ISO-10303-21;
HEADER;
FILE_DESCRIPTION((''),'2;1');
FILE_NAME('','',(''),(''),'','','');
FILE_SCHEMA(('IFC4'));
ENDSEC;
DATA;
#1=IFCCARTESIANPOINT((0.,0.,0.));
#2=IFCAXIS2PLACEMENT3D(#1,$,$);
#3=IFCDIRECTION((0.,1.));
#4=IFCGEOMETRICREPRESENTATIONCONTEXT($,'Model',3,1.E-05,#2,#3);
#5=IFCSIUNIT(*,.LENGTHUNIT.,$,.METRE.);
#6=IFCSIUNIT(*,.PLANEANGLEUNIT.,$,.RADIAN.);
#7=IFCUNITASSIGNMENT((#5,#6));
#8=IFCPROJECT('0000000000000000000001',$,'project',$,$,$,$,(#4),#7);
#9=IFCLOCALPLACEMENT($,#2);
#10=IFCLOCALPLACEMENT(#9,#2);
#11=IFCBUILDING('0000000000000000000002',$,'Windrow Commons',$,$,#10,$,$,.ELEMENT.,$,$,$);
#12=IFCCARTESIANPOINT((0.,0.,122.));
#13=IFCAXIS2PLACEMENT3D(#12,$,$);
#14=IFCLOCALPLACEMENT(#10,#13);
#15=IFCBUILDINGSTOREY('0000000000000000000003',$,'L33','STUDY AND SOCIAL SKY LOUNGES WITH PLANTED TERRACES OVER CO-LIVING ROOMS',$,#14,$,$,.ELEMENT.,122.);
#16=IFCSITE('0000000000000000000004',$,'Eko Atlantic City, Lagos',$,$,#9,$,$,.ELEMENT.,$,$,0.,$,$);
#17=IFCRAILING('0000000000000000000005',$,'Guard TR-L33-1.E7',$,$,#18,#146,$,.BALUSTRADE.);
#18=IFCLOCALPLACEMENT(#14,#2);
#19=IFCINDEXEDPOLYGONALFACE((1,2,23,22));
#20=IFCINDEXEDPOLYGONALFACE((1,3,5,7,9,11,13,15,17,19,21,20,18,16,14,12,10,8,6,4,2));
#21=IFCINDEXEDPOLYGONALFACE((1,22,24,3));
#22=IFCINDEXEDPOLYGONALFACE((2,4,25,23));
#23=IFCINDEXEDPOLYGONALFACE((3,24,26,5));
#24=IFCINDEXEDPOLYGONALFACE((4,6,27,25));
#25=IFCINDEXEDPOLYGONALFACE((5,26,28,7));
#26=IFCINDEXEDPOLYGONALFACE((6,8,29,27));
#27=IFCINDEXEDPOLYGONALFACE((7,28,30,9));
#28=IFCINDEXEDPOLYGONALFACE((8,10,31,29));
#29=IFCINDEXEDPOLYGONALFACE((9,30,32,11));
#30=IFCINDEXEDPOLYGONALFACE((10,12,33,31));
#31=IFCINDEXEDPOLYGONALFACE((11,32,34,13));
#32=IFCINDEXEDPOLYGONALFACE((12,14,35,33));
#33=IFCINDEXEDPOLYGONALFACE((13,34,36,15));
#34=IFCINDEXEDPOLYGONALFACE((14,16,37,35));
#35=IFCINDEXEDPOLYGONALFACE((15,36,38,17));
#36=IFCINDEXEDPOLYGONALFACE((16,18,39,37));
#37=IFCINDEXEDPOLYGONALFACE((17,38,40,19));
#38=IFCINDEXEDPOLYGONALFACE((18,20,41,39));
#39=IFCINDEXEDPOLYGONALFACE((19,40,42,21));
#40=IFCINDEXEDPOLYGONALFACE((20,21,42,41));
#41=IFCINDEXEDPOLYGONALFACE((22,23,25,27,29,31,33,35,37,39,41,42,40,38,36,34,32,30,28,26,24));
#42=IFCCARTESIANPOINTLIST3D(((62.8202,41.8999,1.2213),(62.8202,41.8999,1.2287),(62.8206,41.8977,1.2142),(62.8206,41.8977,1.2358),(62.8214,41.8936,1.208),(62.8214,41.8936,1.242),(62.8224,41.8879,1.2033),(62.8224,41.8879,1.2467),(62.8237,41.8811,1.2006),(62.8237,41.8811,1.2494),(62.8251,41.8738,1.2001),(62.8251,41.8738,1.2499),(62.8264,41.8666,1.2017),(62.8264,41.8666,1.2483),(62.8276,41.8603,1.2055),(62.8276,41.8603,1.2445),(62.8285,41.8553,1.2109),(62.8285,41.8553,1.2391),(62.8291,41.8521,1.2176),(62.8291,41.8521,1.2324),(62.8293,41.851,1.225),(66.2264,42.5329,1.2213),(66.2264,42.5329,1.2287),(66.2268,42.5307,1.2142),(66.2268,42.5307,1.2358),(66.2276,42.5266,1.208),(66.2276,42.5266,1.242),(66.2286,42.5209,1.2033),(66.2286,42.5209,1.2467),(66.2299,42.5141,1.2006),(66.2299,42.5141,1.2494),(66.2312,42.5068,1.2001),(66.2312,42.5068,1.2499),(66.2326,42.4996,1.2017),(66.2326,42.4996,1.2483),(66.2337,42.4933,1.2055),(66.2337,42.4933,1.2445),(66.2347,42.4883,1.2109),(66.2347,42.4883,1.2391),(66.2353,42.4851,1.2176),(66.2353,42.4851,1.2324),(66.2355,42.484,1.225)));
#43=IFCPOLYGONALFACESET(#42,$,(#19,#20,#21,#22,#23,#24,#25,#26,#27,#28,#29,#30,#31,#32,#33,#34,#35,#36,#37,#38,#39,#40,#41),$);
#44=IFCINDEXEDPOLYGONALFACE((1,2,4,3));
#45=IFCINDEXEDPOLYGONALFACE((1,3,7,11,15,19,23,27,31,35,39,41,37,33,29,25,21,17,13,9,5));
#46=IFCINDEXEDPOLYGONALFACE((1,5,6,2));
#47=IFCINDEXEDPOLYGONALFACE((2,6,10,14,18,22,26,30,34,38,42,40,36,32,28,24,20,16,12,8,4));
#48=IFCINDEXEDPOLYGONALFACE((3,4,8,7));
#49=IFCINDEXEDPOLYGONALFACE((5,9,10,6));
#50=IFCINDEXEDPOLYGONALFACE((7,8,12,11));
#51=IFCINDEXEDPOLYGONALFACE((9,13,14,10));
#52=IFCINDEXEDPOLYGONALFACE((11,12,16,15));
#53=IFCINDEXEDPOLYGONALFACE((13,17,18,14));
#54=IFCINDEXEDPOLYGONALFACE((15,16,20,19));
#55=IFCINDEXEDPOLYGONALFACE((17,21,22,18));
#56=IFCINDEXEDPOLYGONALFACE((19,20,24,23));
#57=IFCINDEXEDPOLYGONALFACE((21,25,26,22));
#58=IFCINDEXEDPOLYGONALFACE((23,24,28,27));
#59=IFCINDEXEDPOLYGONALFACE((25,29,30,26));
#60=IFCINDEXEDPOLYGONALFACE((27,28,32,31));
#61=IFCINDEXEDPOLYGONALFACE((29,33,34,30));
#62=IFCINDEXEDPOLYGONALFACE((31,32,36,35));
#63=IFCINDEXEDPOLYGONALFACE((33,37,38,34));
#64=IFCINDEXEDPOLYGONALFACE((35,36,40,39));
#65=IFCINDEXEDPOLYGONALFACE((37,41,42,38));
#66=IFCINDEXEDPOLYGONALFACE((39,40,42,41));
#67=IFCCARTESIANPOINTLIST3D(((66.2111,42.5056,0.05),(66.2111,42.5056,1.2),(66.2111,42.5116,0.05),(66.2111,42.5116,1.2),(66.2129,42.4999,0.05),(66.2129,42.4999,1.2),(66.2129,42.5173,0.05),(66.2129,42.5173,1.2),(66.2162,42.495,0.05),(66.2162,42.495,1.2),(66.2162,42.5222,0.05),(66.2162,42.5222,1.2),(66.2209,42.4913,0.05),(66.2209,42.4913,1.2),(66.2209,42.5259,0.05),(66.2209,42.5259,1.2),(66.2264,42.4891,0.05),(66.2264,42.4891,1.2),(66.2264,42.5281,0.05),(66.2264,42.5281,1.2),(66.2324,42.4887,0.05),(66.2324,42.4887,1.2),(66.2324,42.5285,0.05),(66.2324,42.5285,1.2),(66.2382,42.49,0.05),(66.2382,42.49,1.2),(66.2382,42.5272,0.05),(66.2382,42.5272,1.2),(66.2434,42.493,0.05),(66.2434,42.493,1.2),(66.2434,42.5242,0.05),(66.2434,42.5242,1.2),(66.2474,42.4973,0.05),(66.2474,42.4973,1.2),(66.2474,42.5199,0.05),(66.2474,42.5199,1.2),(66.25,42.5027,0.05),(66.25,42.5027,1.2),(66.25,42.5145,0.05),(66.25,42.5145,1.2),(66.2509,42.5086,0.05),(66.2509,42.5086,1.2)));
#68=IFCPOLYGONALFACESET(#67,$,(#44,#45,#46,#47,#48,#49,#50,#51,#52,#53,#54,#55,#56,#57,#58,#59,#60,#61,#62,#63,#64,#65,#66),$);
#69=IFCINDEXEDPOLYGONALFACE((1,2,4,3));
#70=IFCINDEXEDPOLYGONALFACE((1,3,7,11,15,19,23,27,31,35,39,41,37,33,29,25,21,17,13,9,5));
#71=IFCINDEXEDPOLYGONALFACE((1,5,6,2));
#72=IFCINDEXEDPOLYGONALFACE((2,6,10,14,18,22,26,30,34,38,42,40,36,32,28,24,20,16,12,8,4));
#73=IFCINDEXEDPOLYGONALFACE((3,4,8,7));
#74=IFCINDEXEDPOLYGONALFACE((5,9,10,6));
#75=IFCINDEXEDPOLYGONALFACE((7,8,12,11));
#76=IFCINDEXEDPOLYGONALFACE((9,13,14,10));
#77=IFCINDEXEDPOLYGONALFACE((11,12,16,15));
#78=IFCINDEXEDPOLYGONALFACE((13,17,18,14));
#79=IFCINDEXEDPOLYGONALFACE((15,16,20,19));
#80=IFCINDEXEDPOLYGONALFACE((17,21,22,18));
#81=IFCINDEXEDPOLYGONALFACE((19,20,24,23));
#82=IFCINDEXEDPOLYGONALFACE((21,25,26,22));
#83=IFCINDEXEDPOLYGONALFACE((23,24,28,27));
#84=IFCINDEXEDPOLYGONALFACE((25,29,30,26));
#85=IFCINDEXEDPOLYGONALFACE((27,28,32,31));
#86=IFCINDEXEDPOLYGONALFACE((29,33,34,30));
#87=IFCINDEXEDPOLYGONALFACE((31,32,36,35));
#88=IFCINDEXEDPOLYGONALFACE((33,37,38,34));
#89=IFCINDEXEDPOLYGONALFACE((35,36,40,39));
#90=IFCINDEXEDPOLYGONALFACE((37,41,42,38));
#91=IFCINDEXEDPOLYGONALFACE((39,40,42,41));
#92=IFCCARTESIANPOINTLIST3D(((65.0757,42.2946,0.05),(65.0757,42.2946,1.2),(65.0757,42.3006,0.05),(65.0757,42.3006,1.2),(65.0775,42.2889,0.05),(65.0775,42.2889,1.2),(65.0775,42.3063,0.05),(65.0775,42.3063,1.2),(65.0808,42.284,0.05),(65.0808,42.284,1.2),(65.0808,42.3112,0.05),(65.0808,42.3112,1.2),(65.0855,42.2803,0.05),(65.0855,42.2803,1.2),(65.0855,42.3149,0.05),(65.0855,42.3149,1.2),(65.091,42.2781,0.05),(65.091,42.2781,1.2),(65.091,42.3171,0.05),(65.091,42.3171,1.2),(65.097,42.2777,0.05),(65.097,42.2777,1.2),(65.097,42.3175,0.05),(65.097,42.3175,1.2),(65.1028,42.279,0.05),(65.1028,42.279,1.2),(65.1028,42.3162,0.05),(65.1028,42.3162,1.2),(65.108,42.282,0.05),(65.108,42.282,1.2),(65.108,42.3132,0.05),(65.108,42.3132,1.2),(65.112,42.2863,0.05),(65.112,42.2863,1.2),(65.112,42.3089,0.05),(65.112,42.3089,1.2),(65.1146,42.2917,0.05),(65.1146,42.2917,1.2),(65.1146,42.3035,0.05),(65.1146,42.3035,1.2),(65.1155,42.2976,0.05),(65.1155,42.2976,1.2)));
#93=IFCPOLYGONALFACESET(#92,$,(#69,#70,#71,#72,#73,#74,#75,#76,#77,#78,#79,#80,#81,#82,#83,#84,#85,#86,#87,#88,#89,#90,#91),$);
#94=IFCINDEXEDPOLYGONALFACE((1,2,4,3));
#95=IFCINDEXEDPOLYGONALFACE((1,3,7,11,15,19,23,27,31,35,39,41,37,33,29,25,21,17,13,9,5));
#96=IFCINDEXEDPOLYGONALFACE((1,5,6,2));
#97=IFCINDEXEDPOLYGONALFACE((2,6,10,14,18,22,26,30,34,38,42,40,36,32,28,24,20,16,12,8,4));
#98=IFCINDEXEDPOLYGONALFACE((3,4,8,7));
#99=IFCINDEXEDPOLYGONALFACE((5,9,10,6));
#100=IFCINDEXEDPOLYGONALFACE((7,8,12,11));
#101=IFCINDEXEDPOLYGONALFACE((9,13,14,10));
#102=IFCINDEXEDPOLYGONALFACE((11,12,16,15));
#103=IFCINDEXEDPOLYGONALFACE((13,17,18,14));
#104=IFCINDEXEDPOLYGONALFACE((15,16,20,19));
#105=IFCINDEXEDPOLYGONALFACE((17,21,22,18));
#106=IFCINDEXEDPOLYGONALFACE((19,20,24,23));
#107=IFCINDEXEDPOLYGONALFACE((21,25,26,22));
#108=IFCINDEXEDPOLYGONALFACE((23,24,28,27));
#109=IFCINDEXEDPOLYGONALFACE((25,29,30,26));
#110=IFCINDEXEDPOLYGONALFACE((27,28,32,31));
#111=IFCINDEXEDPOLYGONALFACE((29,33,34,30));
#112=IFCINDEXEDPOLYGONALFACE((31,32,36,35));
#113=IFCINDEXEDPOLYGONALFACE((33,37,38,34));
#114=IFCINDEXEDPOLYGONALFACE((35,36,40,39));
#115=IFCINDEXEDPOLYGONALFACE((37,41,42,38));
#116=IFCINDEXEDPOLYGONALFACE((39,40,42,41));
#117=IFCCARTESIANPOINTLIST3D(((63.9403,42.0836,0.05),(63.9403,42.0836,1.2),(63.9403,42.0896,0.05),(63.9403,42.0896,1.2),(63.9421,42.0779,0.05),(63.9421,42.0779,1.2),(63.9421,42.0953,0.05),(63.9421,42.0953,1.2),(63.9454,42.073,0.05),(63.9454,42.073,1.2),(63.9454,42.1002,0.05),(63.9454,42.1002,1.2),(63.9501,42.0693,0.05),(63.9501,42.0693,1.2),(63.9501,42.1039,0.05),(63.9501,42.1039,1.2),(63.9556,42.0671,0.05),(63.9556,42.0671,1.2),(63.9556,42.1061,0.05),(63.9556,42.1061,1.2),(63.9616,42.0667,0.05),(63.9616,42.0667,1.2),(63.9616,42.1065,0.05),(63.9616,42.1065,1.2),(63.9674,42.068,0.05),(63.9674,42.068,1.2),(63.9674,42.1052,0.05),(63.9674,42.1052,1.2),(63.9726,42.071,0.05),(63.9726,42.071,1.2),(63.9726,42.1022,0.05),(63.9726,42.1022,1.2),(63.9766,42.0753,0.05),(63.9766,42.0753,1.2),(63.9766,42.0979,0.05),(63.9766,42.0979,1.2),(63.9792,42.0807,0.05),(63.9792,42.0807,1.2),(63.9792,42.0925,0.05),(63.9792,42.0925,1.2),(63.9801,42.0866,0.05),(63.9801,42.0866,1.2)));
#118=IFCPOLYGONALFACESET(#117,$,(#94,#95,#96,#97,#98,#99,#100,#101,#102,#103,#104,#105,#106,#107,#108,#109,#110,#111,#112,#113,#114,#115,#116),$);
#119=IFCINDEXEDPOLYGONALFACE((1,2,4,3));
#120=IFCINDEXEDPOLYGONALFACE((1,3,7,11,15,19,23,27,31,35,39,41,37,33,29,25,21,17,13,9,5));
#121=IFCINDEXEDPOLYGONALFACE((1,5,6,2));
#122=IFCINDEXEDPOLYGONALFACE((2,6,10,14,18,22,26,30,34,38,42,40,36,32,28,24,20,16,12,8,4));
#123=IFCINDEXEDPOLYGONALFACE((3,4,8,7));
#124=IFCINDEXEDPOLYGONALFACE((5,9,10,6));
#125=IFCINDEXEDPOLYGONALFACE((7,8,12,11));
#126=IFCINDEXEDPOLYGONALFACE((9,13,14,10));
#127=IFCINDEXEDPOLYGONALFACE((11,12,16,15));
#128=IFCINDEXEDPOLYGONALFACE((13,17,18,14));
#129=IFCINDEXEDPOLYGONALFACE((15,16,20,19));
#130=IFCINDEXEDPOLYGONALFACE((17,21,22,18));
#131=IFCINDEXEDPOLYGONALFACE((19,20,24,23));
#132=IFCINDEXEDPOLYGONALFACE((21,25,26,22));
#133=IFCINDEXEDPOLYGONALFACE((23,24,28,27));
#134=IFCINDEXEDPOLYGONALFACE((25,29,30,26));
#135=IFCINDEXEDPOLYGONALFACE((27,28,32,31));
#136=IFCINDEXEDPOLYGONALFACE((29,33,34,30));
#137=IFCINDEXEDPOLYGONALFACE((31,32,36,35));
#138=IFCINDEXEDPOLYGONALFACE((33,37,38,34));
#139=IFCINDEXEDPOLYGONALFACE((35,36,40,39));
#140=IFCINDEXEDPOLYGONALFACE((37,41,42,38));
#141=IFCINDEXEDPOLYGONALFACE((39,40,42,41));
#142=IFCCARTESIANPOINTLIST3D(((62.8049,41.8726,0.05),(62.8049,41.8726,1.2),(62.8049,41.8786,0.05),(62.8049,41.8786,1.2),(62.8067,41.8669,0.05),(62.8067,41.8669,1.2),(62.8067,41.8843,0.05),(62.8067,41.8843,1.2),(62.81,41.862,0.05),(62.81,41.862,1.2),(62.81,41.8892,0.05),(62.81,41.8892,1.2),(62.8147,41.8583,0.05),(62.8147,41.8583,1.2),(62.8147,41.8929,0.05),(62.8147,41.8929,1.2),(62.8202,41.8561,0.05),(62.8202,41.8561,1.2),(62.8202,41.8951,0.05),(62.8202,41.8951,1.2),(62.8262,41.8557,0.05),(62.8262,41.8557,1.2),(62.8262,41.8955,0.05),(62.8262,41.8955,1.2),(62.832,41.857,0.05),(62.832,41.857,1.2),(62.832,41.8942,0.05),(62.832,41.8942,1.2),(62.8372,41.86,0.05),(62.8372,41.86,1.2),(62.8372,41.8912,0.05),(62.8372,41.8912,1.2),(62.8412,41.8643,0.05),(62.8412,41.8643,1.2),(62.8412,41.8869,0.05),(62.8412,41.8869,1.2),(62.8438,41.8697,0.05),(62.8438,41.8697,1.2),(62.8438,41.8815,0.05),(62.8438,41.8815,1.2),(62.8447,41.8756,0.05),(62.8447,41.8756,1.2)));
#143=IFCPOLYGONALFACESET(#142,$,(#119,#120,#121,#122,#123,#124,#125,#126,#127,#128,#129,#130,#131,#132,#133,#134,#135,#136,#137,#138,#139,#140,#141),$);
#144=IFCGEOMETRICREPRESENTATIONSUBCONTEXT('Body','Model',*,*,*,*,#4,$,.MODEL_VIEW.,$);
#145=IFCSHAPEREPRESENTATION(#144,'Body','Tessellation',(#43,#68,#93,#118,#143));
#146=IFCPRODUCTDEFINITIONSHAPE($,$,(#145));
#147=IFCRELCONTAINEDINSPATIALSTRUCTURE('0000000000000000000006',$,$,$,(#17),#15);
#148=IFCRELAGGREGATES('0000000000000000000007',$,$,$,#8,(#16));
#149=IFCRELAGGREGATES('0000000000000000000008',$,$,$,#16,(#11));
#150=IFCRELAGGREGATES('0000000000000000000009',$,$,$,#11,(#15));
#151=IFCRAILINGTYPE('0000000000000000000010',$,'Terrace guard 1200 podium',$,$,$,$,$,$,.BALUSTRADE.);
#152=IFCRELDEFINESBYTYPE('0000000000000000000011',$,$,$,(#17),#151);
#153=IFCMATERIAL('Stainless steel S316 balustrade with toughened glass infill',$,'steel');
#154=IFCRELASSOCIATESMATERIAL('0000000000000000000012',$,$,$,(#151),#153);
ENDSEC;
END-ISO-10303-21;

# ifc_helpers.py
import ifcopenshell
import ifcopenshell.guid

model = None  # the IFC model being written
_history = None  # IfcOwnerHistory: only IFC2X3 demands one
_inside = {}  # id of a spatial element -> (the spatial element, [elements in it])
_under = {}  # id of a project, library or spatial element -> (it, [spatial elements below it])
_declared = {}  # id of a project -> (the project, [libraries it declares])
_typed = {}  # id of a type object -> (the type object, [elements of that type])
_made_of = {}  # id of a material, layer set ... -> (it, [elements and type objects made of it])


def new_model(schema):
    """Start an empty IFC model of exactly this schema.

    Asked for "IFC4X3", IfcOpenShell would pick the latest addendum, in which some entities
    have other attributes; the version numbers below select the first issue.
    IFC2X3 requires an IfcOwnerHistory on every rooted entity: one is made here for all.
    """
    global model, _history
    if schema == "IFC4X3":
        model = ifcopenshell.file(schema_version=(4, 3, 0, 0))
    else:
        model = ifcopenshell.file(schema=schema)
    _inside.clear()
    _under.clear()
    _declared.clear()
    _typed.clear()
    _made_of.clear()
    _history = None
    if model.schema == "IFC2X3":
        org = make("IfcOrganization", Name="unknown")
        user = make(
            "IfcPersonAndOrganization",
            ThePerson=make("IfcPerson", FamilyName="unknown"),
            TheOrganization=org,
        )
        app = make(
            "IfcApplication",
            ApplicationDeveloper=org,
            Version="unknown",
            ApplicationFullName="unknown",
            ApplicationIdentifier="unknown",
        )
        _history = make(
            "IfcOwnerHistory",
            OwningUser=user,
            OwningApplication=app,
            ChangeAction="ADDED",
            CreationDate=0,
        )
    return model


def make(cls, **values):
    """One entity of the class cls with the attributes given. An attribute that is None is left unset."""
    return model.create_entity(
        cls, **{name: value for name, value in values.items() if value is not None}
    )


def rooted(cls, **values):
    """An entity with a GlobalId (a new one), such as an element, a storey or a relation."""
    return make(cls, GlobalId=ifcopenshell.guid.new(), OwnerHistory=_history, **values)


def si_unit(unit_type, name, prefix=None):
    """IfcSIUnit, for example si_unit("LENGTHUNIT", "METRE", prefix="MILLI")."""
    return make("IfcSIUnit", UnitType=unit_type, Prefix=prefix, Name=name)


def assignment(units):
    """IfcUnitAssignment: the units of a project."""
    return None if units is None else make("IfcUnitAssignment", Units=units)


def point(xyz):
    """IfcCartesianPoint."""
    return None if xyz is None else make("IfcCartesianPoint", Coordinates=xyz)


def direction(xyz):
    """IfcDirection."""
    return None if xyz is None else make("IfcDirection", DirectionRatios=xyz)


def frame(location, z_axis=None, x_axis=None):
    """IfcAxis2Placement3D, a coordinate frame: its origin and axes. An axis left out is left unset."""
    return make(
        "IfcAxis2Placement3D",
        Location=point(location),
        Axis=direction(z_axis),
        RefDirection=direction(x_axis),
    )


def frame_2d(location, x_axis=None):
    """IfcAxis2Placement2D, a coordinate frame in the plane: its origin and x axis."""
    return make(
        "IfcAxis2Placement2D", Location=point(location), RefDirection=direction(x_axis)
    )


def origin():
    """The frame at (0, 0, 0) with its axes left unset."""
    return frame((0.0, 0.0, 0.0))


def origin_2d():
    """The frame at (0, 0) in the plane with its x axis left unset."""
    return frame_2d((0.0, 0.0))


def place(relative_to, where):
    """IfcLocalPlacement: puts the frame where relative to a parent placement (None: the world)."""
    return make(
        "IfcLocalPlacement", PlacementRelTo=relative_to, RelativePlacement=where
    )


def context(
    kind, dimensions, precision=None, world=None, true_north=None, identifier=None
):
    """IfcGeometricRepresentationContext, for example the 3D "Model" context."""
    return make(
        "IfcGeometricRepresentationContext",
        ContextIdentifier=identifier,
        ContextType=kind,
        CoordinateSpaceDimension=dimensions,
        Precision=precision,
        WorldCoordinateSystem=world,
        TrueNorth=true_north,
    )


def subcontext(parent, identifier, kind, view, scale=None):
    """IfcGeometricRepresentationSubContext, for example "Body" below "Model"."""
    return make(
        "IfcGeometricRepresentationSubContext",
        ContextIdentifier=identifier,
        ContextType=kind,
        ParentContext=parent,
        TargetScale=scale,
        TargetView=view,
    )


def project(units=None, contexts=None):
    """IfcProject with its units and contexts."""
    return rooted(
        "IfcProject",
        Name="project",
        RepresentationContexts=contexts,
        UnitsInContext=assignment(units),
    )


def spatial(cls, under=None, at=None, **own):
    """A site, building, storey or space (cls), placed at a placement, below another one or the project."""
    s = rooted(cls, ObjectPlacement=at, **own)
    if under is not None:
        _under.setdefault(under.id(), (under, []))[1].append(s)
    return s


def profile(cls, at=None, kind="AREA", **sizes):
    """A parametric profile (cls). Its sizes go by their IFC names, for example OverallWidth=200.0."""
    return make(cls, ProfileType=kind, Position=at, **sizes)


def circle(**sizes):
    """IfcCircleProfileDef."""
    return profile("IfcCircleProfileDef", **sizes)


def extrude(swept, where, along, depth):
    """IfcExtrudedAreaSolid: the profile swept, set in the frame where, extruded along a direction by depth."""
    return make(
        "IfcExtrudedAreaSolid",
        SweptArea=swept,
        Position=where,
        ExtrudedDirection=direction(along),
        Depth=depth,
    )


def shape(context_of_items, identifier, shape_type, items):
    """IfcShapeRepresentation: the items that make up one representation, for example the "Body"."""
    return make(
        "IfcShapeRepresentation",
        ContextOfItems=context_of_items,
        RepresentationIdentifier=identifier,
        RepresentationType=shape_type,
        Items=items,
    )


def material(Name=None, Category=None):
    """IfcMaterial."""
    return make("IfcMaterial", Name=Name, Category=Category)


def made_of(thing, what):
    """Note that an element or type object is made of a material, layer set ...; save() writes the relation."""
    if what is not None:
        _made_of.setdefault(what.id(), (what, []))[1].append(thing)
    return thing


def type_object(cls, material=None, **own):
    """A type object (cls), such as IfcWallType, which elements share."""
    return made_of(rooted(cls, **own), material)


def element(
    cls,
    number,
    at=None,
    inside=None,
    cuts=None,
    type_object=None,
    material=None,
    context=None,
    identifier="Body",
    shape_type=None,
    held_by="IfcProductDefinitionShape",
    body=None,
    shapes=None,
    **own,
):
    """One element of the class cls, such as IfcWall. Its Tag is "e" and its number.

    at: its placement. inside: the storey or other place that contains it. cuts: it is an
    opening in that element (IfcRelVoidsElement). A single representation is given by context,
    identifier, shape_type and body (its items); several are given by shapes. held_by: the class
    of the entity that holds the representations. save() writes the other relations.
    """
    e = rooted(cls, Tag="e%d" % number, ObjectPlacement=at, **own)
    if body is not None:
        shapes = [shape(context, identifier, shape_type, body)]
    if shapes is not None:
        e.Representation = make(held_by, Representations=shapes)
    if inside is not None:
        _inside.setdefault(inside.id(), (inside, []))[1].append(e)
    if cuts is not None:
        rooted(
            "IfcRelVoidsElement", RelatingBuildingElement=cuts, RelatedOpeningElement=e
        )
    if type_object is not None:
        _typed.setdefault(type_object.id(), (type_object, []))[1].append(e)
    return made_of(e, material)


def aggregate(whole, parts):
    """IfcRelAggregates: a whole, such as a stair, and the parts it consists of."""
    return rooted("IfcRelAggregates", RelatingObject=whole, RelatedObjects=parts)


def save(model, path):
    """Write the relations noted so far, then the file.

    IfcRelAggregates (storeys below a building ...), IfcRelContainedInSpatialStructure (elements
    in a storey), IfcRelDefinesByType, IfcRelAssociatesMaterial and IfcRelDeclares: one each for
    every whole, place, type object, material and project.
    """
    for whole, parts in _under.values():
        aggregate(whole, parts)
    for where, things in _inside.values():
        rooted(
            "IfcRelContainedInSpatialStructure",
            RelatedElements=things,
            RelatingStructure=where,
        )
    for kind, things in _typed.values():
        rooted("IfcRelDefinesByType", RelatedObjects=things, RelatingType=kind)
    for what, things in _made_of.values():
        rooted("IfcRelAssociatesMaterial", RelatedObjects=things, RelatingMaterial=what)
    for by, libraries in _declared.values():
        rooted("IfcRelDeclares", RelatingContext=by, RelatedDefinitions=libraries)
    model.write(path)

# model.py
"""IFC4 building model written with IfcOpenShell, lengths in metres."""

from ifc_helpers import new_model, si_unit, direction, frame, origin, origin_2d, place, context, subcontext, project, spatial, circle, extrude, material, type_object, element, save


model = new_model("IFC4")

# Units and contexts
model_context = context("Model", 3, precision=1e-05, world=origin(), true_north=direction((0.0, 1.0)))
body_context = subcontext(model_context, "Body", "Model", "MODEL_VIEW")
ifc_project = project(units=[si_unit("LENGTHUNIT", "METRE"), si_unit("PLANEANGLEUNIT", "RADIAN")], contexts=[model_context])

# Site, building, storey
site_placement = place(None, origin())
site = spatial("IfcSite", under=ifc_project, at=site_placement, Name="Eko Atlantic City, Lagos", CompositionType="ELEMENT", RefElevation=0.0)
building_placement = place(site_placement, origin())
building = spatial("IfcBuilding", under=site, at=building_placement, Name="Windrow Commons", CompositionType="ELEMENT")
storey_placement = place(building_placement, frame((0.0, 0.0, 122.0)))
storey = spatial("IfcBuildingStorey", under=building, at=storey_placement, Name="L33", Description="STUDY AND SOCIAL SKY LOUNGES WITH PLANTED TERRACES OVER CO-LIVING ROOMS", CompositionType="ELEMENT", Elevation=122.0)

# Railing
ifc_material_1 = material(Name="Stainless steel S316 balustrade with toughened glass infill", Category="steel")
railing_type = type_object("IfcRailingType", Name="Terrace guard 1200 podium", PredefinedType="BALUSTRADE", material=ifc_material_1)
railing_1_placement = place(storey_placement, frame((66.2309, 42.5086, 0.05)))
element("IfcRailing", 1, at=railing_1_placement, inside=storey, type_object=railing_type, Name="Guard TR-L33-1.E7", PredefinedType="BALUSTRADE", context=body_context, shape_type="SweptSolid", body=[
    extrude(circle(Radius=0.025, at=origin_2d()), frame((0.0, 0.0, 1.175), z_axis=(-0.983167, -0.182709, 0.0), x_axis=(0.182709, -0.983167, 0.0)), (0.0, 0.0, 1.0), 3.4645),
    extrude(circle(Radius=0.02, at=origin_2d()), origin(), (0.0, 0.0, 1.0), 1.15),
    extrude(circle(Radius=0.02, at=origin_2d()), frame((-1.1354, -0.211, 0.0)), (0.0, 0.0, 1.0), 1.15),
    extrude(circle(Radius=0.02, at=origin_2d()), frame((-2.2708, -0.422, 0.0)), (0.0, 0.0, 1.0), 1.15),
    extrude(circle(Radius=0.02, at=origin_2d()), frame((-3.4062, -0.633, 0.0)), (0.0, 0.0, 1.0), 1.15),
])

save(model, "model.ifc")
